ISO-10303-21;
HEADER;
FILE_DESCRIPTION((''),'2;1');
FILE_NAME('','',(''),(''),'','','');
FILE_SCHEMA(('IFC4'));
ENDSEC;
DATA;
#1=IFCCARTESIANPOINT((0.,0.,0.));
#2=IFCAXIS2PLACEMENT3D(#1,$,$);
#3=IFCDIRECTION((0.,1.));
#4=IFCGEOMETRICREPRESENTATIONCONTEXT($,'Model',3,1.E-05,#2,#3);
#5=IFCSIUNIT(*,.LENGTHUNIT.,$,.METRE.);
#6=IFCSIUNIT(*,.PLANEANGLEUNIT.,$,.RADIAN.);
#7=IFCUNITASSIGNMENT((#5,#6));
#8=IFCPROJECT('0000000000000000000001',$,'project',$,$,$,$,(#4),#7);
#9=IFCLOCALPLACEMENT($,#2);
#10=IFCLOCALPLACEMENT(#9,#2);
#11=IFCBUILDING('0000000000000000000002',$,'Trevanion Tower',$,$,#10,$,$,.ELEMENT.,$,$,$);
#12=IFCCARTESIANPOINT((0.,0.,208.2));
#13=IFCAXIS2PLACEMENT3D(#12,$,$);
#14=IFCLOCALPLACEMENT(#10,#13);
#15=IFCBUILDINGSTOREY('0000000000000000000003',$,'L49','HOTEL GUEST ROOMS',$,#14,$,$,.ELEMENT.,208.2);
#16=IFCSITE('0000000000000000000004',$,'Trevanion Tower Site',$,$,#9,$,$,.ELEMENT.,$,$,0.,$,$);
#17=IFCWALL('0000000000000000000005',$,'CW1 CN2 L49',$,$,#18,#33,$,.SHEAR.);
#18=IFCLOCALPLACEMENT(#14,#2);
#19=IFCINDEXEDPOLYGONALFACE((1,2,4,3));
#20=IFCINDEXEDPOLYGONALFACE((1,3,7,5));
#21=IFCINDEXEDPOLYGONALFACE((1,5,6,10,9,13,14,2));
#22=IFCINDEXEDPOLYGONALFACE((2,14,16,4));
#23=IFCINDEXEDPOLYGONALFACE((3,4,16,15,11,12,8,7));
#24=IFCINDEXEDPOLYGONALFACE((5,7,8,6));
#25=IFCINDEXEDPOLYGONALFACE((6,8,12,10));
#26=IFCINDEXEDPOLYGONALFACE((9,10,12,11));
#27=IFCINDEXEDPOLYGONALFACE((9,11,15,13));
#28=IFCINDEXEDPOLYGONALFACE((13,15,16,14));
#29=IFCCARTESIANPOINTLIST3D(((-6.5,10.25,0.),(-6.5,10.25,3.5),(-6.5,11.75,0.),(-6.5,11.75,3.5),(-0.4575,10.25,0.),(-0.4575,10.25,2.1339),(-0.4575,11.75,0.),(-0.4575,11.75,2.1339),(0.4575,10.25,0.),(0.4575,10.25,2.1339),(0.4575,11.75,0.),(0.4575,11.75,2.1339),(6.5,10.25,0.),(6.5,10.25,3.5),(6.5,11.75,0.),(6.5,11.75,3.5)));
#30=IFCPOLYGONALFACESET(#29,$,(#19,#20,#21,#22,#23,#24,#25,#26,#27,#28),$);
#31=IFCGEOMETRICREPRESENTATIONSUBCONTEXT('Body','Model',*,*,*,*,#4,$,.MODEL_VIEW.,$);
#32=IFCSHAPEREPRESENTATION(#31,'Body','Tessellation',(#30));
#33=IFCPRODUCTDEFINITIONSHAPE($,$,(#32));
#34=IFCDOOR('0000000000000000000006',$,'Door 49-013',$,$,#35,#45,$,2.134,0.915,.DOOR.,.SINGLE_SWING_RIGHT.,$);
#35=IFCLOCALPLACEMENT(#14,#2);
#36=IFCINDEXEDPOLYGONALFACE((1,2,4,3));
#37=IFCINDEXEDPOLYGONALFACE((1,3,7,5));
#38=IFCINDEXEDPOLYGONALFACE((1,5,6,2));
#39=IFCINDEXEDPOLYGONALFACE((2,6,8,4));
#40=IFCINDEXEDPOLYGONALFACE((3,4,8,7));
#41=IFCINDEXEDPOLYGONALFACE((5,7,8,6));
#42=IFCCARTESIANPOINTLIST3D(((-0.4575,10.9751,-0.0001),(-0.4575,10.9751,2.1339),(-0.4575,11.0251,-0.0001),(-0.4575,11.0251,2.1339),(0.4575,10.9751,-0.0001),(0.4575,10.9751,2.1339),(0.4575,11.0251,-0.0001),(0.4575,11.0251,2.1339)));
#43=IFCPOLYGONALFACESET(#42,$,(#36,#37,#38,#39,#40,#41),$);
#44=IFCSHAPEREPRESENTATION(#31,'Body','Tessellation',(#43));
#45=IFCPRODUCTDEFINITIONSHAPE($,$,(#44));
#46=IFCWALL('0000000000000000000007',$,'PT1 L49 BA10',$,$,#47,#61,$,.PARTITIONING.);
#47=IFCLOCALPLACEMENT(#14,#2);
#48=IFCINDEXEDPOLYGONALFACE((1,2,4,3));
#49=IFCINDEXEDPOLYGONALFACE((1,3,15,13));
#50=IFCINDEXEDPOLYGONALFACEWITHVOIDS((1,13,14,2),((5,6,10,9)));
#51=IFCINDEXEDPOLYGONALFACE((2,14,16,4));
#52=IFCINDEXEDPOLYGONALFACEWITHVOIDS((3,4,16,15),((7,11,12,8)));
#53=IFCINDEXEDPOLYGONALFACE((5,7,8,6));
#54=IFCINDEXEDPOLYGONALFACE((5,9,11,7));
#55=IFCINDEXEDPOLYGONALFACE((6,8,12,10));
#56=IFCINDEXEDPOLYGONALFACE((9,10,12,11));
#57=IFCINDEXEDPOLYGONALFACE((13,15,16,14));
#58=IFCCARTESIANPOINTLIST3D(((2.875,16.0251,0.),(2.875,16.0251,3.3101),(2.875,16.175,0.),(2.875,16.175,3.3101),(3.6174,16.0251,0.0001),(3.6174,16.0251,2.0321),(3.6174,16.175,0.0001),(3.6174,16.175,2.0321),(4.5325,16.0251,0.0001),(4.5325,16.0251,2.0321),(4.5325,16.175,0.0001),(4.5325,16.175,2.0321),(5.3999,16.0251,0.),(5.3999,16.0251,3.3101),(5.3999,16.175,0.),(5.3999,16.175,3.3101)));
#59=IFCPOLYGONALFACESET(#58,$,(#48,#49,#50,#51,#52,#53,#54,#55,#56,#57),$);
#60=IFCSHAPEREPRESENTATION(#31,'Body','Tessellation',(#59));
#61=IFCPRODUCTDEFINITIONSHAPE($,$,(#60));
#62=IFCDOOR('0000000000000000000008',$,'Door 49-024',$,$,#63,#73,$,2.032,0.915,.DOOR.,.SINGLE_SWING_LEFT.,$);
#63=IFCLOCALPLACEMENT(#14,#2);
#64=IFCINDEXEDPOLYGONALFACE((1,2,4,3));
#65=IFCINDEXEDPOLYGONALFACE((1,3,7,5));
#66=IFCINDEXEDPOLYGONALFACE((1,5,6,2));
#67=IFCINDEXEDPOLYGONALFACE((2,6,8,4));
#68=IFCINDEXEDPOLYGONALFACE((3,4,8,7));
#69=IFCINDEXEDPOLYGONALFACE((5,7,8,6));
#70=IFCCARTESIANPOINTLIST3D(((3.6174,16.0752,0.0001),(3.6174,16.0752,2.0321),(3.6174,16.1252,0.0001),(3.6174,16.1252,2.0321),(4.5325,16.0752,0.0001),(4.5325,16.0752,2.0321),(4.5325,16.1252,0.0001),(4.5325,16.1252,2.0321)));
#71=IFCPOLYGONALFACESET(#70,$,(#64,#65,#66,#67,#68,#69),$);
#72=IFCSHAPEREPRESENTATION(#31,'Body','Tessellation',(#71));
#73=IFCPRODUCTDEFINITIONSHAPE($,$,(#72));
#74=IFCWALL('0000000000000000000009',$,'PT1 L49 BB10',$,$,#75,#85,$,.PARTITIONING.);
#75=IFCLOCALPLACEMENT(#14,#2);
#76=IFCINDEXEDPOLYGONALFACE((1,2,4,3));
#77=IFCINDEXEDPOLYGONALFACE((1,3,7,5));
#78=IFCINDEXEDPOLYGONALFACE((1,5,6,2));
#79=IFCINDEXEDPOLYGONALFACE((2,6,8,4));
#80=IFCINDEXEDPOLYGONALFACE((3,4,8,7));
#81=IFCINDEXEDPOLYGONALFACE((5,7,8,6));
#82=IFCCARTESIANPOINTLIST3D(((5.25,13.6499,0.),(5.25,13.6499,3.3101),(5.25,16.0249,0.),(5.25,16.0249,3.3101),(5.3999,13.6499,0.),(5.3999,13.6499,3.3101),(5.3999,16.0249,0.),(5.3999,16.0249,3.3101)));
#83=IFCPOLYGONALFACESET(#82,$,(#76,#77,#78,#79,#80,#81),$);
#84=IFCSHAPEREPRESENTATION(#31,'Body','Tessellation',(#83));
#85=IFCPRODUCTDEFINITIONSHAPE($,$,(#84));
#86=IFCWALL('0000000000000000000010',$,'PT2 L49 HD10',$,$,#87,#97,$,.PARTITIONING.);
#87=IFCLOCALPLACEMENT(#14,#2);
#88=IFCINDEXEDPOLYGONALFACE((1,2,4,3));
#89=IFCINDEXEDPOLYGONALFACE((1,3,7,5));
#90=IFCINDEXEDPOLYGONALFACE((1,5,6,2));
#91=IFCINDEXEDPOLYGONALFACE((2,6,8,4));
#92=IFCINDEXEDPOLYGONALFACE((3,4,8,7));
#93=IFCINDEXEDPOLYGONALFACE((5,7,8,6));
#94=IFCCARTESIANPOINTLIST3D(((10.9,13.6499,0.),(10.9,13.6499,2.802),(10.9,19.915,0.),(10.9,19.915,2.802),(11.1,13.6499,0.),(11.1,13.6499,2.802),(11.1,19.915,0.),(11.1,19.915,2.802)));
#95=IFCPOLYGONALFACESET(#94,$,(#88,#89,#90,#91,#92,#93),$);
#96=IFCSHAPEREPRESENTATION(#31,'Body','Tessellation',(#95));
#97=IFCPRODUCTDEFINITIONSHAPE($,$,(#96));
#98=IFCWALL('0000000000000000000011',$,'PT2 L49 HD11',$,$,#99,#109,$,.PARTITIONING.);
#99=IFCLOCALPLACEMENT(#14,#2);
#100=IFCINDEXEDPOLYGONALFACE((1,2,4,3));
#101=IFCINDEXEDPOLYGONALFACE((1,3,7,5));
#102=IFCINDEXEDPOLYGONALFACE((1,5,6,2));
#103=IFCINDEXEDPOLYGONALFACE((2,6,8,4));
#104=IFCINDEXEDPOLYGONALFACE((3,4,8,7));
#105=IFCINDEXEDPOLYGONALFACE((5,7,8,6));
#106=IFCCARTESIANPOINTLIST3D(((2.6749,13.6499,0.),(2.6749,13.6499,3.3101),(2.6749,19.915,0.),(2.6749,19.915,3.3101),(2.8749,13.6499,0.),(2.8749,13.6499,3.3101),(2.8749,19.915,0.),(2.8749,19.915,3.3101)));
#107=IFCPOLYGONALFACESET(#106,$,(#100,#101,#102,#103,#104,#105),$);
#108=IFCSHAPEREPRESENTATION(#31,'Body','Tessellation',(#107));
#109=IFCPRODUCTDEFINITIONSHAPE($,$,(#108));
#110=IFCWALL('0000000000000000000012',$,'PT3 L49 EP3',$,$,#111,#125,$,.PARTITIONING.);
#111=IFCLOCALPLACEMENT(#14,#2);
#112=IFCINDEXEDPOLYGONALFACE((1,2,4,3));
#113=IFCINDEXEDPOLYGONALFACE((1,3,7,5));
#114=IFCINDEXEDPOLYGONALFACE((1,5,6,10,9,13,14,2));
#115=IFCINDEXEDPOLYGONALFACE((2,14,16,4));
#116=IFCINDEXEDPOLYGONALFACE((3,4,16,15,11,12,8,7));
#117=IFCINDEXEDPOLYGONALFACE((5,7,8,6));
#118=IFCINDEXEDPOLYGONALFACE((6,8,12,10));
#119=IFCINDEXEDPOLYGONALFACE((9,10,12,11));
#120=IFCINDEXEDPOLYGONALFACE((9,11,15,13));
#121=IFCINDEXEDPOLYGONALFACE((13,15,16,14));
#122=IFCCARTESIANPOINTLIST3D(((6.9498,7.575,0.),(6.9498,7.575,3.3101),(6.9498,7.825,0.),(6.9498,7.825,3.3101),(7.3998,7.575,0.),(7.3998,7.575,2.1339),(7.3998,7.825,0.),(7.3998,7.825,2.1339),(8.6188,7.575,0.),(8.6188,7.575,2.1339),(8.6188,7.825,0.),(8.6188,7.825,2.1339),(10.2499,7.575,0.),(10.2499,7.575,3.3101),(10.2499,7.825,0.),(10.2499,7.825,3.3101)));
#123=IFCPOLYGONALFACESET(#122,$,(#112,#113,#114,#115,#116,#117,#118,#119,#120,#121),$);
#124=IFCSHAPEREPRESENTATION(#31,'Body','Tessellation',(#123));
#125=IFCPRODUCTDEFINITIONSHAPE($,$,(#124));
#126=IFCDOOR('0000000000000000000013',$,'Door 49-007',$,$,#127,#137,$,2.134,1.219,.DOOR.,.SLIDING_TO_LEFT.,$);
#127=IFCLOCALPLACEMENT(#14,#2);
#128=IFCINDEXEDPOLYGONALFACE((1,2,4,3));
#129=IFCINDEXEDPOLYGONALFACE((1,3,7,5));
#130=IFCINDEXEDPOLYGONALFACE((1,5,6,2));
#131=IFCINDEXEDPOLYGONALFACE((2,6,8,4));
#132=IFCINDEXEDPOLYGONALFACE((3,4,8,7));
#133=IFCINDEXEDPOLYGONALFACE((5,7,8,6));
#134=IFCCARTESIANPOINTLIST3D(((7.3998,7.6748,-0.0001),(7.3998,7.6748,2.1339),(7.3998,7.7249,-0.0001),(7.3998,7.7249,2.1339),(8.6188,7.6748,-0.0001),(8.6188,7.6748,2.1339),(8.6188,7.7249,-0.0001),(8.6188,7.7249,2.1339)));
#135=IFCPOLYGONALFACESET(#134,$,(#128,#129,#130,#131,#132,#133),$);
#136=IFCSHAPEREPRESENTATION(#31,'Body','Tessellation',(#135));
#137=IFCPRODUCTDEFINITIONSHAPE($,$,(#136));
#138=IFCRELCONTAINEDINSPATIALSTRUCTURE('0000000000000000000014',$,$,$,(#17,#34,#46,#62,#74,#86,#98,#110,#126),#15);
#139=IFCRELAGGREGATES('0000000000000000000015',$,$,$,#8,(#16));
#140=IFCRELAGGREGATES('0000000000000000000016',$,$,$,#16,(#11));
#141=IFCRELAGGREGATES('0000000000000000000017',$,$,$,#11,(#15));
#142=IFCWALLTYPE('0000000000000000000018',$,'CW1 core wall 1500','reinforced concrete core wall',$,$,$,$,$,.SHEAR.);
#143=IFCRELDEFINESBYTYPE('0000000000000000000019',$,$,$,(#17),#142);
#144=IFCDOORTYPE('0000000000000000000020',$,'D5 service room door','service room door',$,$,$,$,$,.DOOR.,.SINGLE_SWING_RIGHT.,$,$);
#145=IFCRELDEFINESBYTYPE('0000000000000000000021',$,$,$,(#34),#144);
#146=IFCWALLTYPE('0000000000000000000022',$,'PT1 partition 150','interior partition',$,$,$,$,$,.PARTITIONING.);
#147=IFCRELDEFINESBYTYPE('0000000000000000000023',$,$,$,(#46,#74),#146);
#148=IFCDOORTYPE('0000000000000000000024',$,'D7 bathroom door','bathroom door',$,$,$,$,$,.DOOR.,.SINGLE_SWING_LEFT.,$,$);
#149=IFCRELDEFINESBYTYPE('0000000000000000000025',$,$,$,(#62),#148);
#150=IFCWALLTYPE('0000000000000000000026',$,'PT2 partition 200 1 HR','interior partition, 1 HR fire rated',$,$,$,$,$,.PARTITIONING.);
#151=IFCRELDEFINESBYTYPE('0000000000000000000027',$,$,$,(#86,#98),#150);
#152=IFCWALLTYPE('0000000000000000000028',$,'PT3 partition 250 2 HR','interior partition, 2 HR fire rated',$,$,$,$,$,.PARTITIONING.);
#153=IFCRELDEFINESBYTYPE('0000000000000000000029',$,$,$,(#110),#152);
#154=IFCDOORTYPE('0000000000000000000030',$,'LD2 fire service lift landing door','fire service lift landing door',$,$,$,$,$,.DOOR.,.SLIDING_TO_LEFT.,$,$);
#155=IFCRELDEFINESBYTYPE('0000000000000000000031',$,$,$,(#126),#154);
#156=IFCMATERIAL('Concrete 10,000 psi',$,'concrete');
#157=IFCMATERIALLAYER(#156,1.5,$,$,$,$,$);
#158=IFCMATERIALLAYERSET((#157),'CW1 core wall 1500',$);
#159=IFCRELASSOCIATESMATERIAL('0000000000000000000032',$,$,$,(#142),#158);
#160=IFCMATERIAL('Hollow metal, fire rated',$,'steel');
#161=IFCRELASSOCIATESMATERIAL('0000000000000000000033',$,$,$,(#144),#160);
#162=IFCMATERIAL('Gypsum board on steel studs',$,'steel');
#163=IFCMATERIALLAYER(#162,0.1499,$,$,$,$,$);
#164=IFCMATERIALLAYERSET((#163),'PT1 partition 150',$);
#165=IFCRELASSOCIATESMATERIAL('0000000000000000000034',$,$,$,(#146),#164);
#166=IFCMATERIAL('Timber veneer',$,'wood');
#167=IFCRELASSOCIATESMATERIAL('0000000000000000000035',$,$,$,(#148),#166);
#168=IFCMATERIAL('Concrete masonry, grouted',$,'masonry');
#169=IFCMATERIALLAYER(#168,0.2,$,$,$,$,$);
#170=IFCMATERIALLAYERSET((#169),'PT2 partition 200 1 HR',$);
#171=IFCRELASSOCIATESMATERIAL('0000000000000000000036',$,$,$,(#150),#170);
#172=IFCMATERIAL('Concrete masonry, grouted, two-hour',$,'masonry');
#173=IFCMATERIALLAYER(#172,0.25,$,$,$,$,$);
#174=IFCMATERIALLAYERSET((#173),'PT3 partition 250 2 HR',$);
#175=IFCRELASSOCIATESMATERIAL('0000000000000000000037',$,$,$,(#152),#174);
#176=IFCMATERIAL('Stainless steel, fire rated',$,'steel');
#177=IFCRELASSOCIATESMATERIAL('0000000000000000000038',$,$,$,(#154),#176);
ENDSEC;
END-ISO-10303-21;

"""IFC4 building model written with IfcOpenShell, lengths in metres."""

from ifc_helpers import new_model, si_unit, direction, frame, frame_2d, origin, place, context, subcontext, project, spatial, rectangle, extrude, material, layer, layer_set, type_object, element, fill, save


model = new_model("IFC4")

# Units and contexts
model_context = context("Model", 3, precision=1e-05, world=origin(), true_north=direction((0.0, 1.0)))
body_context = subcontext(model_context, "Body", "Model", "MODEL_VIEW")
ifc_project = project(units=[si_unit("LENGTHUNIT", "METRE"), si_unit("PLANEANGLEUNIT", "RADIAN")], contexts=[model_context])

# Site, building, storey
site_placement = place(None, origin())
site = spatial("IfcSite", under=ifc_project, at=site_placement, Name="Trevanion Tower Site", CompositionType="ELEMENT", RefElevation=0.0)
building_placement = place(site_placement, origin())
building = spatial("IfcBuilding", under=site, at=building_placement, Name="Trevanion Tower", CompositionType="ELEMENT")
storey_placement = place(building_placement, frame((0.0, 0.0, 208.2)))
storey = spatial("IfcBuildingStorey", under=building, at=storey_placement, Name="L49", Description="HOTEL GUEST ROOMS", CompositionType="ELEMENT", Elevation=208.2)

# Shared definitions
ifc_material_1 = material(Name="Concrete 10,000 psi", Category="concrete")
ifc_layer_1 = layer(ifc_material_1, 1.5)
ifc_layer_set_1 = layer_set([ifc_layer_1], Name="CW1 core wall 1500")
wall_type_1 = type_object("IfcWallType", Name="CW1 core wall 1500", Description="reinforced concrete core wall", PredefinedType="SHEAR", material=ifc_layer_set_1)

# Walls, openings, doors
wall_1_placement = place(storey_placement, frame((6.5, 11.0, 0.0), z_axis=(0.0, 0.0, 1.0), x_axis=(-1.0, 0.0, 0.0)))
wall_1 = element("IfcWall", 1, at=wall_1_placement, inside=storey, type_object=wall_type_1, Name="CW1 CN2 L49", PredefinedType="SHEAR", context=body_context, shape_type="SweptSolid", body=[
    extrude(rectangle(XDim=13.0, YDim=1.5, at=frame_2d((6.5, 0.0))), origin(), (0.0, 0.0, 1.0), 3.5),
])
opening_1_placement = place(wall_1_placement, frame((6.0425, 0.0, 0.0)))
opening_1 = element("IfcOpeningElement", 2, at=opening_1_placement, cuts=wall_1, PredefinedType="OPENING", context=body_context, shape_type="SweptSolid", body=[
    extrude(rectangle(XDim=0.915, YDim=2.134, at=frame_2d((0.4575, 1.0669))), frame((0.0, 0.76, 0.0), z_axis=(0.0, -1.0, 0.0), x_axis=(1.0, 0.0, 0.0)), (0.0, 0.0, 1.0), 1.52),
])
ifc_material_2 = material(Name="Hollow metal, fire rated", Category="steel")
door_type_1 = type_object("IfcDoorType", Name="D5 service room door", Description="service room door", OperationType="SINGLE_SWING_RIGHT", PredefinedType="DOOR", material=ifc_material_2)
door_1_placement = place(opening_1_placement, origin())
door_1 = element("IfcDoor", 3, at=door_1_placement, inside=storey, type_object=door_type_1, Name="Door 49-013", OperationType="SINGLE_SWING_RIGHT", OverallHeight=2.134, OverallWidth=0.915, PredefinedType="DOOR", context=body_context, shape_type="SweptSolid", body=[
    extrude(rectangle(XDim=0.915, YDim=2.134, at=frame_2d((0.4575, 1.0669))), frame((0.0, 0.0249, 0.0), z_axis=(0.0, -1.0, 0.0), x_axis=(1.0, 0.0, 0.0)), (0.0, 0.0, 1.0), 0.05),
])
fill(opening_1, door_1)
ifc_material_3 = material(Name="Gypsum board on steel studs", Category="steel")
ifc_layer_2 = layer(ifc_material_3, 0.1499)
ifc_layer_set_2 = layer_set([ifc_layer_2], Name="PT1 partition 150")
wall_type_2 = type_object("IfcWallType", Name="PT1 partition 150", Description="interior partition", PredefinedType="PARTITIONING", material=ifc_layer_set_2)
wall_2_placement = place(storey_placement, frame((5.3999, 16.1001, 0.0), z_axis=(0.0, 0.0, 1.0), x_axis=(-1.0, 0.0, 0.0)))
wall_2 = element("IfcWall", 4, at=wall_2_placement, inside=storey, type_object=wall_type_2, Name="PT1 L49 BA10", PredefinedType="PARTITIONING", context=body_context, shape_type="SweptSolid", body=[
    extrude(rectangle(XDim=2.5249, YDim=0.1499, at=frame_2d((1.2625, 0.0))), origin(), (0.0, 0.0, 1.0), 3.3101),
])
opening_2_placement = place(wall_2_placement, frame((0.8674, 0.0, 0.0)))
opening_2 = element("IfcOpeningElement", 5, at=opening_2_placement, cuts=wall_2, PredefinedType="OPENING", context=body_context, shape_type="SweptSolid", body=[
    extrude(rectangle(XDim=0.915, YDim=2.032, at=frame_2d((0.4575, 1.0161))), frame((0.0, 0.085, 0.0), z_axis=(0.0, -1.0, 0.0), x_axis=(1.0, 0.0, 0.0)), (0.0, 0.0, 1.0), 0.1699),
])
ifc_material_4 = material(Name="Timber veneer", Category="wood")
door_type_2 = type_object("IfcDoorType", Name="D7 bathroom door", Description="bathroom door", OperationType="SINGLE_SWING_LEFT", PredefinedType="DOOR", material=ifc_material_4)
door_2_placement = place(opening_2_placement, origin())
door_2 = element("IfcDoor", 6, at=door_2_placement, inside=storey, type_object=door_type_2, Name="Door 49-024", OperationType="SINGLE_SWING_LEFT", OverallHeight=2.032, OverallWidth=0.915, PredefinedType="DOOR", context=body_context, shape_type="SweptSolid", body=[
    extrude(rectangle(XDim=0.915, YDim=2.032, at=frame_2d((0.4575, 1.0161))), frame((0.0, 0.0249, 0.0), z_axis=(0.0, -1.0, 0.0), x_axis=(1.0, 0.0, 0.0)), (0.0, 0.0, 1.0), 0.05),
])
fill(opening_2, door_2)

# Walls
wall_3_placement = place(storey_placement, frame((5.325, 13.6499, 0.0), z_axis=(0.0, 0.0, 1.0), x_axis=(0.0, 1.0, 0.0)))
element("IfcWall", 7, at=wall_3_placement, inside=storey, type_object=wall_type_2, Name="PT1 L49 BB10", PredefinedType="PARTITIONING", context=body_context, shape_type="SweptSolid", body=[
    extrude(rectangle(XDim=2.375, YDim=0.1499, at=frame_2d((1.1875, 0.0))), origin(), (0.0, 0.0, 1.0), 3.3101),
])
ifc_material_5 = material(Name="Concrete masonry, grouted", Category="masonry")
ifc_layer_3 = layer(ifc_material_5, 0.2)
ifc_layer_set_3 = layer_set([ifc_layer_3], Name="PT2 partition 200 1 HR")
wall_type_3 = type_object("IfcWallType", Name="PT2 partition 200 1 HR", Description="interior partition, 1 HR fire rated", PredefinedType="PARTITIONING", material=ifc_layer_set_3)
wall_4_placement = place(storey_placement, frame((11.0, 13.6499, 0.0), z_axis=(0.0, 0.0, 1.0), x_axis=(0.0, 1.0, 0.0)))
element("IfcWall", 8, at=wall_4_placement, inside=storey, type_object=wall_type_3, Name="PT2 L49 HD10", PredefinedType="PARTITIONING", context=body_context, shape_type="SweptSolid", body=[
    extrude(rectangle(XDim=6.2651, YDim=0.2, at=frame_2d((3.1326, 0.0))), origin(), (0.0, 0.0, 1.0), 2.802),
])
wall_5_placement = place(storey_placement, frame((2.7749, 13.6499, 0.0), z_axis=(0.0, 0.0, 1.0), x_axis=(0.0, 1.0, 0.0)))
element("IfcWall", 9, at=wall_5_placement, inside=storey, type_object=wall_type_3, Name="PT2 L49 HD11", PredefinedType="PARTITIONING", context=body_context, shape_type="SweptSolid", body=[
    extrude(rectangle(XDim=6.2651, YDim=0.2, at=frame_2d((3.1326, 0.0))), origin(), (0.0, 0.0, 1.0), 3.3101),
])

# Wall, opening, door
ifc_material_6 = material(Name="Concrete masonry, grouted, two-hour", Category="masonry")
ifc_layer_4 = layer(ifc_material_6, 0.25)
ifc_layer_set_4 = layer_set([ifc_layer_4], Name="PT3 partition 250 2 HR")
wall_type_4 = type_object("IfcWallType", Name="PT3 partition 250 2 HR", Description="interior partition, 2 HR fire rated", PredefinedType="PARTITIONING", material=ifc_layer_set_4)
wall_6_placement = place(storey_placement, frame((6.95, 7.7, 0.0), z_axis=(0.0, 0.0, 1.0), x_axis=(1.0, 0.0, 0.0)))
wall_6 = element("IfcWall", 10, at=wall_6_placement, inside=storey, type_object=wall_type_4, Name="PT3 L49 EP3", PredefinedType="PARTITIONING", context=body_context, shape_type="SweptSolid", body=[
    extrude(rectangle(XDim=3.3, YDim=0.25, at=frame_2d((1.6499, 0.0))), origin(), (0.0, 0.0, 1.0), 3.3101),
])
opening_3_placement = place(wall_6_placement, frame((0.45, 0.0, 0.0)))
opening_3 = element("IfcOpeningElement", 11, at=opening_3_placement, cuts=wall_6, PredefinedType="OPENING", context=body_context, shape_type="SweptSolid", body=[
    extrude(rectangle(XDim=1.219, YDim=2.134, at=frame_2d((0.6094, 1.0669))), frame((0.0, 0.135, 0.0), z_axis=(0.0, -1.0, 0.0), x_axis=(1.0, 0.0, 0.0)), (0.0, 0.0, 1.0), 0.27),
])
ifc_material_7 = material(Name="Stainless steel, fire rated", Category="steel")
door_type_3 = type_object("IfcDoorType", Name="LD2 fire service lift landing door", Description="fire service lift landing door", OperationType="SLIDING_TO_LEFT", PredefinedType="DOOR", material=ifc_material_7)
door_3_placement = place(opening_3_placement, origin())
door_3 = element("IfcDoor", 12, at=door_3_placement, inside=storey, type_object=door_type_3, Name="Door 49-007", OperationType="SLIDING_TO_LEFT", OverallHeight=2.134, OverallWidth=1.219, PredefinedType="DOOR", context=body_context, shape_type="SweptSolid", body=[
    extrude(rectangle(XDim=1.219, YDim=2.134, at=frame_2d((0.6094, 1.0669))), frame((0.0, 0.0249, 0.0), z_axis=(0.0, -1.0, 0.0), x_axis=(1.0, 0.0, 0.0)), (0.0, 0.0, 1.0), 0.05),
])
fill(opening_3, door_3)

save(model, "model.ifc")
